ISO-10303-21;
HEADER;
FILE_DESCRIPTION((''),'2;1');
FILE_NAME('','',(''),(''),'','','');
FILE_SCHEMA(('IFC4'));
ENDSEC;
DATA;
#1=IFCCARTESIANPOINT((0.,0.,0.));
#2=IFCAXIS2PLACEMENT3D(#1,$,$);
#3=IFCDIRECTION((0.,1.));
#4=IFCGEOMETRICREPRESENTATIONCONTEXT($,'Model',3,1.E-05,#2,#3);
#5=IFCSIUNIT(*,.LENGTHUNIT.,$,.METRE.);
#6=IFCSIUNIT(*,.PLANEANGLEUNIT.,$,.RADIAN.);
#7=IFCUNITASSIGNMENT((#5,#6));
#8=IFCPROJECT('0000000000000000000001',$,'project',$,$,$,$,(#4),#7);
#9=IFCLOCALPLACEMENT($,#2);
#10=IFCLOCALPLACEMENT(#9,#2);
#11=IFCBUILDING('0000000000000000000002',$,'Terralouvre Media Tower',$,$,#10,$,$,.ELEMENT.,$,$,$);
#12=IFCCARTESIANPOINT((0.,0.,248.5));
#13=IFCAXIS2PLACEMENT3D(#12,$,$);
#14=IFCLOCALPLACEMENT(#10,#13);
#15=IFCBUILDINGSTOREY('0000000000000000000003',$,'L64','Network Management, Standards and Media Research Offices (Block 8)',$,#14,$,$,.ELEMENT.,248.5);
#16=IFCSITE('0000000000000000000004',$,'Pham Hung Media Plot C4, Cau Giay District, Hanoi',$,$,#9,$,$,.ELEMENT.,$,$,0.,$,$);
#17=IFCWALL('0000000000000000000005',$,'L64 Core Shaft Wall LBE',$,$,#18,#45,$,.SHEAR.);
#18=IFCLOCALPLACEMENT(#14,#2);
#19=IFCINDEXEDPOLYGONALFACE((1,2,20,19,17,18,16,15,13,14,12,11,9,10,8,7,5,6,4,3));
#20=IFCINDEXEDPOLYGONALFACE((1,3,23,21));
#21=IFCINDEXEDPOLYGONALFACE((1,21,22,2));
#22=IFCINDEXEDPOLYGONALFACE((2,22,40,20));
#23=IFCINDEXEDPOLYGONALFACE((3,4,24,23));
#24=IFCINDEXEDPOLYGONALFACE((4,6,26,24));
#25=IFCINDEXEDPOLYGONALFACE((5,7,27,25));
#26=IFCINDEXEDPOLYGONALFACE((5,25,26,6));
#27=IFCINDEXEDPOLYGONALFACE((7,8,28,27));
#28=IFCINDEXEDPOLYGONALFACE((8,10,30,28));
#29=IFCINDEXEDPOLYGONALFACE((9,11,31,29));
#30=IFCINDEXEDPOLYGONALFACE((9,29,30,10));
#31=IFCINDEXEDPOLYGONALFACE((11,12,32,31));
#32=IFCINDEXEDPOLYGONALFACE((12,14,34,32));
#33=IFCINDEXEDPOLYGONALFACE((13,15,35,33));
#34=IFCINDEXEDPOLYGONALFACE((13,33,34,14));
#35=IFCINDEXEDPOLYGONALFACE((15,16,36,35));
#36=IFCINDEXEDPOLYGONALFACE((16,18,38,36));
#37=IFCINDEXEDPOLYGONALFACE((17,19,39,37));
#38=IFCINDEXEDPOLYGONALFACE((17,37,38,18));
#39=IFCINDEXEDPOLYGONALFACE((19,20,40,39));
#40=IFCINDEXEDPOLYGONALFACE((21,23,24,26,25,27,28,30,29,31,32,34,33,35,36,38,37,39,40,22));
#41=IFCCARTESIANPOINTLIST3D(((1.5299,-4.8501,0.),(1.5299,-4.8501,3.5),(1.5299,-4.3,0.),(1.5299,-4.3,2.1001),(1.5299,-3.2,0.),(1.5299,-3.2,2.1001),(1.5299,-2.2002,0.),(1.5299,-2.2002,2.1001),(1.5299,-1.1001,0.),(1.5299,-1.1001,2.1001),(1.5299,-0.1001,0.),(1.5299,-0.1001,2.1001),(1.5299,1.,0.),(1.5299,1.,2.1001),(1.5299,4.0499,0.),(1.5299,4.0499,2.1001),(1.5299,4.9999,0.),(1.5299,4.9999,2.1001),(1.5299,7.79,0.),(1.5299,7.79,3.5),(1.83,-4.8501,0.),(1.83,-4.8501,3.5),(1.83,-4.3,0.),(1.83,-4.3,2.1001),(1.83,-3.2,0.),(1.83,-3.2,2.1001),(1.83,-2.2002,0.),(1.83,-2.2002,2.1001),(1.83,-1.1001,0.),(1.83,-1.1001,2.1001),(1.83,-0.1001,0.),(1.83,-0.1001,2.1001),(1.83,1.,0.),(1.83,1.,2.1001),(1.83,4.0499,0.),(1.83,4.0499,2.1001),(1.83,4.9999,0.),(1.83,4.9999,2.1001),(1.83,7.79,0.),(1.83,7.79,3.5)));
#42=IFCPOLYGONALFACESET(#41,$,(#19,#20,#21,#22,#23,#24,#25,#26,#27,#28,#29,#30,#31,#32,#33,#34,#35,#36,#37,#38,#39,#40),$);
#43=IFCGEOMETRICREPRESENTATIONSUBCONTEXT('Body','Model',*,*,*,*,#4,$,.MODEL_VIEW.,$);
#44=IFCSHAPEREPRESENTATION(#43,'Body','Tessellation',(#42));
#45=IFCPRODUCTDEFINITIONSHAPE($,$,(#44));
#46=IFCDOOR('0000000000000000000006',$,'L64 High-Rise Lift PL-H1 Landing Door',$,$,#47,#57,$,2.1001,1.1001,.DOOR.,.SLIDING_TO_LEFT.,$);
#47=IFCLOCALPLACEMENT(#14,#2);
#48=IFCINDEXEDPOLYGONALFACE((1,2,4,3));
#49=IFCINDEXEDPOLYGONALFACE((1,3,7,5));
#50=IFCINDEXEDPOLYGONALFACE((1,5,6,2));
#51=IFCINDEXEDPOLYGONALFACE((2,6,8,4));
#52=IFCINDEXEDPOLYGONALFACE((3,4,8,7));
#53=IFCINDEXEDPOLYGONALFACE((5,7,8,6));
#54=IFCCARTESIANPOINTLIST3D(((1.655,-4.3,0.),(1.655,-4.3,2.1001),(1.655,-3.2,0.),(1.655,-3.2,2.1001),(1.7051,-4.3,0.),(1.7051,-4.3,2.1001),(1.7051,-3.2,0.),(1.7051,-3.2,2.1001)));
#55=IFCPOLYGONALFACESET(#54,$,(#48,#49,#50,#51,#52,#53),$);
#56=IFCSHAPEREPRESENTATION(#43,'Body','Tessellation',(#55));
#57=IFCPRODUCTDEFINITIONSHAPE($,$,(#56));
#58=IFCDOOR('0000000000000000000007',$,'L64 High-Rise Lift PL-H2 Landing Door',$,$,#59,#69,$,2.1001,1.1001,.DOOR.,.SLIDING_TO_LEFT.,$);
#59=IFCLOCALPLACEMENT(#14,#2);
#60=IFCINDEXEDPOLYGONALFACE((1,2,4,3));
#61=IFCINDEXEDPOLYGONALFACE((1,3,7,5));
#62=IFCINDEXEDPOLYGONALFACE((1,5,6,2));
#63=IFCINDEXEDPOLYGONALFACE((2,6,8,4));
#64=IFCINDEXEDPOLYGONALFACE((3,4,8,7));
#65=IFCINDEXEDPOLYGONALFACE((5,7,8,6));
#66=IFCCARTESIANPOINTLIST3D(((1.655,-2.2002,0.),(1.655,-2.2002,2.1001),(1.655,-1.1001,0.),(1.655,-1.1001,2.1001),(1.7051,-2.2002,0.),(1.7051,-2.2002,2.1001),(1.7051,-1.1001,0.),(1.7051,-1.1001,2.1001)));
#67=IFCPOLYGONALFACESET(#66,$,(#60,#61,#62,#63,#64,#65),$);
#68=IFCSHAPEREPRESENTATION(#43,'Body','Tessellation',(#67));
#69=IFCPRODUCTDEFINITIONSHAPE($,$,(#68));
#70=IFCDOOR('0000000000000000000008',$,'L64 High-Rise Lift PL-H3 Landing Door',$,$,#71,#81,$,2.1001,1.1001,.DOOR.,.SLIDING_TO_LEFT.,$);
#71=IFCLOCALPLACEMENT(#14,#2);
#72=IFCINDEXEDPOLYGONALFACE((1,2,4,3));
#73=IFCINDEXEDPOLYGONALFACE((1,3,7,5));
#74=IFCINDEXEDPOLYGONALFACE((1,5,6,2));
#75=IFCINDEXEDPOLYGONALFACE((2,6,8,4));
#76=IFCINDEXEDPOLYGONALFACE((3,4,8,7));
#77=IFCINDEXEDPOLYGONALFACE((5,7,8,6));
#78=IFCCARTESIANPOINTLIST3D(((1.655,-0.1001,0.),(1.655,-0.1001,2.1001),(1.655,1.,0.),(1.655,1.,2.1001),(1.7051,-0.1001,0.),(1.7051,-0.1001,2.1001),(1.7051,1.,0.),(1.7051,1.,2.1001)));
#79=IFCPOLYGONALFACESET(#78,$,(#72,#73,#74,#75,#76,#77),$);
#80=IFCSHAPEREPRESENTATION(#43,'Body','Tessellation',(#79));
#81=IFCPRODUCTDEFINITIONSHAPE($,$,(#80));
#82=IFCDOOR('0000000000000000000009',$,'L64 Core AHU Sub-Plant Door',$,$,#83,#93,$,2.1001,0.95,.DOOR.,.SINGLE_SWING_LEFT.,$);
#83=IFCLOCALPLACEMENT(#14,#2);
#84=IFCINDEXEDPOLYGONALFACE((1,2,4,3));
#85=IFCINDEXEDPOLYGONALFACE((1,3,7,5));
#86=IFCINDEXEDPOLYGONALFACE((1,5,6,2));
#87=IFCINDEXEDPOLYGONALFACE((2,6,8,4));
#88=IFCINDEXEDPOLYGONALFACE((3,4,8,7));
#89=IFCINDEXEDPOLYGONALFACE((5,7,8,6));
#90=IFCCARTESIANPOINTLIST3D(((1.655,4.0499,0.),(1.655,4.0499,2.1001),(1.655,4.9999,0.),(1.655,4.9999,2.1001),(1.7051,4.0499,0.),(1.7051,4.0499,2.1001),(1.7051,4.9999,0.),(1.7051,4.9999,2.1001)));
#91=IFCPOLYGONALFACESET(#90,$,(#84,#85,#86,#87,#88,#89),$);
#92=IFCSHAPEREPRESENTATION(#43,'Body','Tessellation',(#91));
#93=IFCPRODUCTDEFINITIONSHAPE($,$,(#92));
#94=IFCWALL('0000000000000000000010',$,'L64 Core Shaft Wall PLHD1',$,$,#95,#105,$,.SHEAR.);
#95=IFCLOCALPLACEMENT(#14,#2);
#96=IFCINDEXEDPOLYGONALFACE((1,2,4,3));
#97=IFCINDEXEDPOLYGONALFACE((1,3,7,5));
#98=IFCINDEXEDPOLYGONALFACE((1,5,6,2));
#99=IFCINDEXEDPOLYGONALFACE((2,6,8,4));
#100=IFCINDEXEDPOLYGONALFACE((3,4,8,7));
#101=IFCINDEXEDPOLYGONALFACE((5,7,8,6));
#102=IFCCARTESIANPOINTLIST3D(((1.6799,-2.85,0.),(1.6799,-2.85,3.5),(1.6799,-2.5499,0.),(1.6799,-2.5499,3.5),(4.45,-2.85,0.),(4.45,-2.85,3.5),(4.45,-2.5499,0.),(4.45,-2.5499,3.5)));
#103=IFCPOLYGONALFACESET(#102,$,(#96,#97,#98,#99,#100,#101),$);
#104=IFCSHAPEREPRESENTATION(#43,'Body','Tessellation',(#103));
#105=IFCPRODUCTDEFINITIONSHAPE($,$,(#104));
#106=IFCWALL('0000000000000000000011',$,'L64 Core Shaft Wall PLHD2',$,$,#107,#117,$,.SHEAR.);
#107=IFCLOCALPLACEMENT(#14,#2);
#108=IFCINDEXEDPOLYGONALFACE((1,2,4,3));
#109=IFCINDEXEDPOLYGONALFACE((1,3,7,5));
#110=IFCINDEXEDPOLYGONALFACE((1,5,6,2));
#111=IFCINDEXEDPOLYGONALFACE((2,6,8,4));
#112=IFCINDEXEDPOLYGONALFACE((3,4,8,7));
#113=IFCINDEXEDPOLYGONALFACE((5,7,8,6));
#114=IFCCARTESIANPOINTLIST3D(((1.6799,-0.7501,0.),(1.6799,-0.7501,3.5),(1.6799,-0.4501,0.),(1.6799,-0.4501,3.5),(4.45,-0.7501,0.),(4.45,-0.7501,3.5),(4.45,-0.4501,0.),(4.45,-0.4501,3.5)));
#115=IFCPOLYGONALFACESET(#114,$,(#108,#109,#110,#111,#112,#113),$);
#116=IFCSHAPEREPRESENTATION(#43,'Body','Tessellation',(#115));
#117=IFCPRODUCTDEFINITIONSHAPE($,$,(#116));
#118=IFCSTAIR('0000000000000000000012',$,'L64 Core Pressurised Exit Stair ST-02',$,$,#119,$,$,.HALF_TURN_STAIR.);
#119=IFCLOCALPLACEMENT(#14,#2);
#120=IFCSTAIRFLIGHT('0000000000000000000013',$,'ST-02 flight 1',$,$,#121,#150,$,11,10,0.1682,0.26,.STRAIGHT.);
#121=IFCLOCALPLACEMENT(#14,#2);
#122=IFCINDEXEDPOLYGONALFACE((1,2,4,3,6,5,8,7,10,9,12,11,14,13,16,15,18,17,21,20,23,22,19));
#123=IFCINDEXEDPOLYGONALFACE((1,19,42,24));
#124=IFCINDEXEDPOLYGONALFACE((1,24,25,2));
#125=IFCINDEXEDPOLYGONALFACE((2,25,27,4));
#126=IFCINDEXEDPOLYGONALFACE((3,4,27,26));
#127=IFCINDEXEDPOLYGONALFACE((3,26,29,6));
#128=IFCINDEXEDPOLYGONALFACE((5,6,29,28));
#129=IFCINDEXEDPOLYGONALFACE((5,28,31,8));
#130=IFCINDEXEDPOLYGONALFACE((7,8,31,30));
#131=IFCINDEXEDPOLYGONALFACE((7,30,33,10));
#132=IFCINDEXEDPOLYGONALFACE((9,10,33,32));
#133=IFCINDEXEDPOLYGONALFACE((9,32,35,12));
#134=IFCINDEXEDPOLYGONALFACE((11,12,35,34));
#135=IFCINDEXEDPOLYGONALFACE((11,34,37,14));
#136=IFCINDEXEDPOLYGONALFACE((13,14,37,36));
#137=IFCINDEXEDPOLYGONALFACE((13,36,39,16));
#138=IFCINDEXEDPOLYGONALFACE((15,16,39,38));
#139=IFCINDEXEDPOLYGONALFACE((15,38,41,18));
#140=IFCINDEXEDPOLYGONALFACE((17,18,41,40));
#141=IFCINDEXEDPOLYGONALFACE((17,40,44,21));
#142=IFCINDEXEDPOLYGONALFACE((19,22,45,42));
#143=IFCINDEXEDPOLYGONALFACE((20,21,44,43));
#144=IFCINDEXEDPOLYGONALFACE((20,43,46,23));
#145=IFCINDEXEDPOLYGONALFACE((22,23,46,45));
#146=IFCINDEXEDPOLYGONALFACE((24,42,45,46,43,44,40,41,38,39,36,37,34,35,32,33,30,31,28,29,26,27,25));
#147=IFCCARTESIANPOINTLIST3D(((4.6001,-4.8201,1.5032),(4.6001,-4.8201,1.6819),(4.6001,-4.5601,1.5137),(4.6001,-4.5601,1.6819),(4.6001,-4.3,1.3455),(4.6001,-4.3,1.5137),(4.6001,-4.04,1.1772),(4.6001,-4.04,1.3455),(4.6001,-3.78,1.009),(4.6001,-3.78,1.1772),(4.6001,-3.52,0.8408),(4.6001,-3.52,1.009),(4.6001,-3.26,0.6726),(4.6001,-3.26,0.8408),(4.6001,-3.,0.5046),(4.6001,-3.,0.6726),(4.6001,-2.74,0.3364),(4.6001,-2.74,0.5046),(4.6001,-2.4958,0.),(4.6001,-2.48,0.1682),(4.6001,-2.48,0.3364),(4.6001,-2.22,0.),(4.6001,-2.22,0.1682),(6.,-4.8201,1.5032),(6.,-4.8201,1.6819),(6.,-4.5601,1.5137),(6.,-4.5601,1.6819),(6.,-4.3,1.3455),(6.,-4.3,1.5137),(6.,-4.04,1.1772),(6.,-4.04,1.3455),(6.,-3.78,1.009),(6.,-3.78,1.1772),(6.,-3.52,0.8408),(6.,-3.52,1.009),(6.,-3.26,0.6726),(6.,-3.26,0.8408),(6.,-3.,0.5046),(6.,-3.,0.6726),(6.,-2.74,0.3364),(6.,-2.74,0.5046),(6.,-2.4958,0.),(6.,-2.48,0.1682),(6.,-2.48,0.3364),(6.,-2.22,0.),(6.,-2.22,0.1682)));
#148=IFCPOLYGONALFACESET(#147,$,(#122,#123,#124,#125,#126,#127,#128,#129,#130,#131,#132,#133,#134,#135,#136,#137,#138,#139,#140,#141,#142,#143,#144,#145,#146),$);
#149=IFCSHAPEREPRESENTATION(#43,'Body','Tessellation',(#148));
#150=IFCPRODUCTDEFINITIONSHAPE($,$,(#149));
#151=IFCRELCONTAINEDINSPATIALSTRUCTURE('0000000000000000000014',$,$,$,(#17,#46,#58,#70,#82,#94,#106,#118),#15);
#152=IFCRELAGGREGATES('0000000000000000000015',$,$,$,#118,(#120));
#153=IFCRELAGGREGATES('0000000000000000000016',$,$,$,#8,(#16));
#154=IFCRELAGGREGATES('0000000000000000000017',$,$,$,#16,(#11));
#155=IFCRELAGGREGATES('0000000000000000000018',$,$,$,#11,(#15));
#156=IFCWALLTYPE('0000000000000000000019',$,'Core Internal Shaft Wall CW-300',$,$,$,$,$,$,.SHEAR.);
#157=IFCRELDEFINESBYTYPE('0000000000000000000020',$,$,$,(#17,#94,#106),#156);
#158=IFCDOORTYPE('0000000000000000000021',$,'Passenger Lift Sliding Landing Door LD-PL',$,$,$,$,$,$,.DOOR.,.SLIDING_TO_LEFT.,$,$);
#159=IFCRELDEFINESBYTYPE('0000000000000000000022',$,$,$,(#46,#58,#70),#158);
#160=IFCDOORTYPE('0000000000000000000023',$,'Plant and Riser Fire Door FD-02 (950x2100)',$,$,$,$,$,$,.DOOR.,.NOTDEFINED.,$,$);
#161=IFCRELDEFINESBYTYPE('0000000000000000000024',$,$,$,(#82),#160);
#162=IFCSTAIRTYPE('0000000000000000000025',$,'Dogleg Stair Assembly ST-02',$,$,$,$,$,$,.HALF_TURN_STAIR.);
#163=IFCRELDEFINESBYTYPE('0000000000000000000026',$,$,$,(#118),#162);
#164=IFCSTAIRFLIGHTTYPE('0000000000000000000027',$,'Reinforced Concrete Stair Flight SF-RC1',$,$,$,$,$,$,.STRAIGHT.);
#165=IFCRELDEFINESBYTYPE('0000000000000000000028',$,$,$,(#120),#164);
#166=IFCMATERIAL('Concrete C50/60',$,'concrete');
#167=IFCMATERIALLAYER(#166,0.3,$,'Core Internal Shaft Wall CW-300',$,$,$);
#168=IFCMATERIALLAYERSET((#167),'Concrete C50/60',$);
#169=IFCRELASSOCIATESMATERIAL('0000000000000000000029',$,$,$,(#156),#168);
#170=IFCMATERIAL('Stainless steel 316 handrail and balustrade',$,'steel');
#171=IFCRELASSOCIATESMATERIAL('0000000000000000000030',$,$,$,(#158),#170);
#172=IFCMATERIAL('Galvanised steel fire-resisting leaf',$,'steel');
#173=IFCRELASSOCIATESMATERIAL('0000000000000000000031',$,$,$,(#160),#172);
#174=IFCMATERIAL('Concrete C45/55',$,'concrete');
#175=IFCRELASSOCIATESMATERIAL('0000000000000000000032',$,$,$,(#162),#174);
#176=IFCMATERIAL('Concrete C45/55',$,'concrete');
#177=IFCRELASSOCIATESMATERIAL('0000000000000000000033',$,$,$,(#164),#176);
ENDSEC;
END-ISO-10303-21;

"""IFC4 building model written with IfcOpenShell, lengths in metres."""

from ifc_helpers import new_model, si_unit, direction, frame, frame_2d, origin, place, context, subcontext, project, spatial, polyline, rectangle, outline, extrude, material, layer, layer_set, type_object, element, fill, aggregate, save


model = new_model("IFC4")

# Units and contexts
model_context = context("Model", 3, precision=1e-05, world=origin(), true_north=direction((0.0, 1.0)))
body_context = subcontext(model_context, "Body", "Model", "MODEL_VIEW")
ifc_project = project(units=[si_unit("LENGTHUNIT", "METRE"), si_unit("PLANEANGLEUNIT", "RADIAN")], contexts=[model_context])

# Site, building, storey
site_placement = place(None, origin())
site = spatial("IfcSite", under=ifc_project, at=site_placement, Name="Pham Hung Media Plot C4, Cau Giay District, Hanoi", CompositionType="ELEMENT", RefElevation=0.0)
building_placement = place(site_placement, origin())
building = spatial("IfcBuilding", under=site, at=building_placement, Name="Terralouvre Media Tower", CompositionType="ELEMENT")
storey_placement = place(building_placement, frame((0.0, 0.0, 248.5)))
storey = spatial("IfcBuildingStorey", under=building, at=storey_placement, Name="L64", Description="Network Management, Standards and Media Research Offices (Block 8)", CompositionType="ELEMENT", Elevation=248.5)

# Shared definitions
ifc_material_1 = material(Name="Concrete C50/60", Category="concrete")
ifc_layer_1 = layer(ifc_material_1, 0.3, Name="Core Internal Shaft Wall CW-300")
ifc_layer_set_1 = layer_set([ifc_layer_1], Name="Concrete C50/60")
wall_type = type_object("IfcWallType", Name="Core Internal Shaft Wall CW-300", PredefinedType="SHEAR", material=ifc_layer_set_1)

# Wall, openings, doors
wall_1_placement = place(storey_placement, frame((1.6799, -4.8501, 0.0), z_axis=(0.0, 0.0, 1.0), x_axis=(0.0, 1.0, 0.0)))
wall_1 = element("IfcWall", 1, at=wall_1_placement, inside=storey, type_object=wall_type, Name="L64 Core Shaft Wall LBE", PredefinedType="SHEAR", context=body_context, shape_type="SweptSolid", body=[
    extrude(rectangle(XDim=12.6401, YDim=0.3, at=frame_2d((6.3201, 0.0))), origin(), (0.0, 0.0, 1.0), 3.5),
])
opening_1_placement = place(wall_1_placement, frame((0.55, 0.0, 0.0)))
opening_1 = element("IfcOpeningElement", 2, at=opening_1_placement, cuts=wall_1, PredefinedType="OPENING", context=body_context, shape_type="SweptSolid", body=[
    extrude(rectangle(XDim=1.1001, YDim=2.1001, at=frame_2d((0.55, 1.05))), frame((0.0, 0.1599, 0.0), z_axis=(0.0, -1.0, 0.0), x_axis=(1.0, 0.0, 0.0)), (0.0, 0.0, 1.0), 0.3201),
])
opening_2_placement = place(wall_1_placement, frame((2.6499, 0.0, 0.0)))
opening_2 = element("IfcOpeningElement", 3, at=opening_2_placement, cuts=wall_1, PredefinedType="OPENING", context=body_context, shape_type="SweptSolid", body=[
    extrude(rectangle(XDim=1.1001, YDim=2.1001, at=frame_2d((0.55, 1.05))), frame((0.0, 0.1599, 0.0), z_axis=(0.0, -1.0, 0.0), x_axis=(1.0, 0.0, 0.0)), (0.0, 0.0, 1.0), 0.3201),
])
opening_3_placement = place(wall_1_placement, frame((4.75, 0.0, 0.0)))
opening_3 = element("IfcOpeningElement", 4, at=opening_3_placement, cuts=wall_1, PredefinedType="OPENING", context=body_context, shape_type="SweptSolid", body=[
    extrude(rectangle(XDim=1.1001, YDim=2.1001, at=frame_2d((0.55, 1.05))), frame((0.0, 0.1599, 0.0), z_axis=(0.0, -1.0, 0.0), x_axis=(1.0, 0.0, 0.0)), (0.0, 0.0, 1.0), 0.3201),
])
opening_4_placement = place(wall_1_placement, frame((8.8999, 0.0, 0.0)))
opening_4 = element("IfcOpeningElement", 5, at=opening_4_placement, cuts=wall_1, PredefinedType="OPENING", context=body_context, shape_type="SweptSolid", body=[
    extrude(rectangle(XDim=0.95, YDim=2.1001, at=frame_2d((0.4751, 1.05))), frame((0.0, 0.1599, 0.0), z_axis=(0.0, -1.0, 0.0), x_axis=(1.0, 0.0, 0.0)), (0.0, 0.0, 1.0), 0.3201),
])
ifc_material_2 = material(Name="Stainless steel 316 handrail and balustrade", Category="steel")
door_type_1 = type_object("IfcDoorType", Name="Passenger Lift Sliding Landing Door LD-PL", OperationType="SLIDING_TO_LEFT", PredefinedType="DOOR", material=ifc_material_2)
door_1_placement = place(opening_1_placement, origin())
door_1 = element("IfcDoor", 6, at=door_1_placement, inside=storey, type_object=door_type_1, Name="L64 High-Rise Lift PL-H1 Landing Door", OperationType="SLIDING_TO_LEFT", OverallHeight=2.1001, OverallWidth=1.1001, PredefinedType="DOOR", context=body_context, shape_type="SweptSolid", body=[
    extrude(rectangle(XDim=1.1001, YDim=2.1001, at=frame_2d((0.55, 1.05))), frame((0.0, 0.0249, 0.0), z_axis=(0.0, -1.0, 0.0), x_axis=(1.0, 0.0, 0.0)), (0.0, 0.0, 1.0), 0.05),
])
fill(opening_1, door_1)
door_2_placement = place(opening_2_placement, origin())
door_2 = element("IfcDoor", 7, at=door_2_placement, inside=storey, type_object=door_type_1, Name="L64 High-Rise Lift PL-H2 Landing Door", OperationType="SLIDING_TO_LEFT", OverallHeight=2.1001, OverallWidth=1.1001, PredefinedType="DOOR", context=body_context, shape_type="SweptSolid", body=[
    extrude(rectangle(XDim=1.1001, YDim=2.1001, at=frame_2d((0.55, 1.05))), frame((0.0, 0.0249, 0.0), z_axis=(0.0, -1.0, 0.0), x_axis=(1.0, 0.0, 0.0)), (0.0, 0.0, 1.0), 0.05),
])
fill(opening_2, door_2)
door_3_placement = place(opening_3_placement, origin())
door_3 = element("IfcDoor", 8, at=door_3_placement, inside=storey, type_object=door_type_1, Name="L64 High-Rise Lift PL-H3 Landing Door", OperationType="SLIDING_TO_LEFT", OverallHeight=2.1001, OverallWidth=1.1001, PredefinedType="DOOR", context=body_context, shape_type="SweptSolid", body=[
    extrude(rectangle(XDim=1.1001, YDim=2.1001, at=frame_2d((0.55, 1.05))), frame((0.0, 0.0249, 0.0), z_axis=(0.0, -1.0, 0.0), x_axis=(1.0, 0.0, 0.0)), (0.0, 0.0, 1.0), 0.05),
])
fill(opening_3, door_3)
ifc_material_3 = material(Name="Galvanised steel fire-resisting leaf", Category="steel")
door_type_2 = type_object("IfcDoorType", Name="Plant and Riser Fire Door FD-02 (950x2100)", OperationType="NOTDEFINED", PredefinedType="DOOR", material=ifc_material_3)
door_4_placement = place(opening_4_placement, origin())
door_4 = element("IfcDoor", 9, at=door_4_placement, inside=storey, type_object=door_type_2, Name="L64 Core AHU Sub-Plant Door", OperationType="SINGLE_SWING_LEFT", OverallHeight=2.1001, OverallWidth=0.95, PredefinedType="DOOR", context=body_context, shape_type="SweptSolid", body=[
    extrude(rectangle(XDim=0.95, YDim=2.1001, at=frame_2d((0.4751, 1.05))), frame((0.0, 0.0249, 0.0), z_axis=(0.0, -1.0, 0.0), x_axis=(1.0, 0.0, 0.0)), (0.0, 0.0, 1.0), 0.05),
])
fill(opening_4, door_4)

# Walls
for number, where, z_axis, x_axis, name in (
    (10, (1.6799, -2.7, 0.0), (0.0, 0.0, 1.0), (1.0, 0.0, 0.0), "L64 Core Shaft Wall PLHD1"),
    (11, (1.6799, -0.6001, 0.0), (0.0, 0.0, 1.0), (1.0, 0.0, 0.0), "L64 Core Shaft Wall PLHD2"),
):
    element("IfcWall", number, at=place(storey_placement, frame(where, z_axis=z_axis, x_axis=x_axis)), inside=storey, type_object=wall_type, Name=name, PredefinedType="SHEAR", context=body_context, shape_type="SweptSolid", body=[
        extrude(rectangle(XDim=2.77, YDim=0.3, at=frame_2d((1.385, 0.0))), origin(), (0.0, 0.0, 1.0), 3.5),
    ])

# Stair, stair flight
ifc_material_4 = material(Name="Concrete C45/55", Category="concrete")
stair_type = type_object("IfcStairType", Name="Dogleg Stair Assembly ST-02", PredefinedType="HALF_TURN_STAIR", material=ifc_material_4)
stair_placement = place(storey_placement, origin())
stair = element("IfcStair", 12, at=stair_placement, inside=storey, type_object=stair_type, Name="L64 Core Pressurised Exit Stair ST-02", PredefinedType="HALF_TURN_STAIR")
ifc_material_5 = material(Name="Concrete C45/55", Category="concrete")
stair_flight_type = type_object("IfcStairFlightType", Name="Reinforced Concrete Stair Flight SF-RC1", PredefinedType="STRAIGHT", material=ifc_material_5)
stair_flight_1_placement = place(storey_placement, frame((5.3, -2.22, 0.0), z_axis=(0.0, 0.0, 1.0), x_axis=(0.0, -1.0, 0.0)))
stair_flight_1 = element("IfcStairFlight", 13, at=stair_flight_1_placement, type_object=stair_flight_type, Name="ST-02 flight 1", NumberOfRisers=11, NumberOfTreads=10, PredefinedType="STRAIGHT", RiserHeight=0.1682, TreadLength=0.26, context=body_context, shape_type="SweptSolid", body=[
    extrude(outline(polyline([(0.0, 0.0), (0.0, 0.1682), (0.26, 0.1682), (0.26, 0.3364), (0.52, 0.3364), (0.52, 0.5046), (0.78, 0.5046), (0.78, 0.6726), (1.04, 0.6726), (1.04, 0.8408), (1.3, 0.8408), (1.3, 1.009), (1.5601, 1.009), (1.5601, 1.1772), (1.8201, 1.1772), (1.8201, 1.3455), (2.0801, 1.3455), (2.0801, 1.5137), (2.3401, 1.5137), (2.3401, 1.6819), (2.6001, 1.6819), (2.6001, 1.8501), (2.6001, 1.5032), (0.2759, 0.0), (0.0, 0.0)])), frame((0.0, 0.7, 0.0), z_axis=(0.0, -1.0, 0.0), x_axis=(1.0, 0.0, 0.0)), (0.0, 0.0, 1.0), 1.3999),
])
aggregate(stair, [stair_flight_1])

save(model, "model.ifc")
